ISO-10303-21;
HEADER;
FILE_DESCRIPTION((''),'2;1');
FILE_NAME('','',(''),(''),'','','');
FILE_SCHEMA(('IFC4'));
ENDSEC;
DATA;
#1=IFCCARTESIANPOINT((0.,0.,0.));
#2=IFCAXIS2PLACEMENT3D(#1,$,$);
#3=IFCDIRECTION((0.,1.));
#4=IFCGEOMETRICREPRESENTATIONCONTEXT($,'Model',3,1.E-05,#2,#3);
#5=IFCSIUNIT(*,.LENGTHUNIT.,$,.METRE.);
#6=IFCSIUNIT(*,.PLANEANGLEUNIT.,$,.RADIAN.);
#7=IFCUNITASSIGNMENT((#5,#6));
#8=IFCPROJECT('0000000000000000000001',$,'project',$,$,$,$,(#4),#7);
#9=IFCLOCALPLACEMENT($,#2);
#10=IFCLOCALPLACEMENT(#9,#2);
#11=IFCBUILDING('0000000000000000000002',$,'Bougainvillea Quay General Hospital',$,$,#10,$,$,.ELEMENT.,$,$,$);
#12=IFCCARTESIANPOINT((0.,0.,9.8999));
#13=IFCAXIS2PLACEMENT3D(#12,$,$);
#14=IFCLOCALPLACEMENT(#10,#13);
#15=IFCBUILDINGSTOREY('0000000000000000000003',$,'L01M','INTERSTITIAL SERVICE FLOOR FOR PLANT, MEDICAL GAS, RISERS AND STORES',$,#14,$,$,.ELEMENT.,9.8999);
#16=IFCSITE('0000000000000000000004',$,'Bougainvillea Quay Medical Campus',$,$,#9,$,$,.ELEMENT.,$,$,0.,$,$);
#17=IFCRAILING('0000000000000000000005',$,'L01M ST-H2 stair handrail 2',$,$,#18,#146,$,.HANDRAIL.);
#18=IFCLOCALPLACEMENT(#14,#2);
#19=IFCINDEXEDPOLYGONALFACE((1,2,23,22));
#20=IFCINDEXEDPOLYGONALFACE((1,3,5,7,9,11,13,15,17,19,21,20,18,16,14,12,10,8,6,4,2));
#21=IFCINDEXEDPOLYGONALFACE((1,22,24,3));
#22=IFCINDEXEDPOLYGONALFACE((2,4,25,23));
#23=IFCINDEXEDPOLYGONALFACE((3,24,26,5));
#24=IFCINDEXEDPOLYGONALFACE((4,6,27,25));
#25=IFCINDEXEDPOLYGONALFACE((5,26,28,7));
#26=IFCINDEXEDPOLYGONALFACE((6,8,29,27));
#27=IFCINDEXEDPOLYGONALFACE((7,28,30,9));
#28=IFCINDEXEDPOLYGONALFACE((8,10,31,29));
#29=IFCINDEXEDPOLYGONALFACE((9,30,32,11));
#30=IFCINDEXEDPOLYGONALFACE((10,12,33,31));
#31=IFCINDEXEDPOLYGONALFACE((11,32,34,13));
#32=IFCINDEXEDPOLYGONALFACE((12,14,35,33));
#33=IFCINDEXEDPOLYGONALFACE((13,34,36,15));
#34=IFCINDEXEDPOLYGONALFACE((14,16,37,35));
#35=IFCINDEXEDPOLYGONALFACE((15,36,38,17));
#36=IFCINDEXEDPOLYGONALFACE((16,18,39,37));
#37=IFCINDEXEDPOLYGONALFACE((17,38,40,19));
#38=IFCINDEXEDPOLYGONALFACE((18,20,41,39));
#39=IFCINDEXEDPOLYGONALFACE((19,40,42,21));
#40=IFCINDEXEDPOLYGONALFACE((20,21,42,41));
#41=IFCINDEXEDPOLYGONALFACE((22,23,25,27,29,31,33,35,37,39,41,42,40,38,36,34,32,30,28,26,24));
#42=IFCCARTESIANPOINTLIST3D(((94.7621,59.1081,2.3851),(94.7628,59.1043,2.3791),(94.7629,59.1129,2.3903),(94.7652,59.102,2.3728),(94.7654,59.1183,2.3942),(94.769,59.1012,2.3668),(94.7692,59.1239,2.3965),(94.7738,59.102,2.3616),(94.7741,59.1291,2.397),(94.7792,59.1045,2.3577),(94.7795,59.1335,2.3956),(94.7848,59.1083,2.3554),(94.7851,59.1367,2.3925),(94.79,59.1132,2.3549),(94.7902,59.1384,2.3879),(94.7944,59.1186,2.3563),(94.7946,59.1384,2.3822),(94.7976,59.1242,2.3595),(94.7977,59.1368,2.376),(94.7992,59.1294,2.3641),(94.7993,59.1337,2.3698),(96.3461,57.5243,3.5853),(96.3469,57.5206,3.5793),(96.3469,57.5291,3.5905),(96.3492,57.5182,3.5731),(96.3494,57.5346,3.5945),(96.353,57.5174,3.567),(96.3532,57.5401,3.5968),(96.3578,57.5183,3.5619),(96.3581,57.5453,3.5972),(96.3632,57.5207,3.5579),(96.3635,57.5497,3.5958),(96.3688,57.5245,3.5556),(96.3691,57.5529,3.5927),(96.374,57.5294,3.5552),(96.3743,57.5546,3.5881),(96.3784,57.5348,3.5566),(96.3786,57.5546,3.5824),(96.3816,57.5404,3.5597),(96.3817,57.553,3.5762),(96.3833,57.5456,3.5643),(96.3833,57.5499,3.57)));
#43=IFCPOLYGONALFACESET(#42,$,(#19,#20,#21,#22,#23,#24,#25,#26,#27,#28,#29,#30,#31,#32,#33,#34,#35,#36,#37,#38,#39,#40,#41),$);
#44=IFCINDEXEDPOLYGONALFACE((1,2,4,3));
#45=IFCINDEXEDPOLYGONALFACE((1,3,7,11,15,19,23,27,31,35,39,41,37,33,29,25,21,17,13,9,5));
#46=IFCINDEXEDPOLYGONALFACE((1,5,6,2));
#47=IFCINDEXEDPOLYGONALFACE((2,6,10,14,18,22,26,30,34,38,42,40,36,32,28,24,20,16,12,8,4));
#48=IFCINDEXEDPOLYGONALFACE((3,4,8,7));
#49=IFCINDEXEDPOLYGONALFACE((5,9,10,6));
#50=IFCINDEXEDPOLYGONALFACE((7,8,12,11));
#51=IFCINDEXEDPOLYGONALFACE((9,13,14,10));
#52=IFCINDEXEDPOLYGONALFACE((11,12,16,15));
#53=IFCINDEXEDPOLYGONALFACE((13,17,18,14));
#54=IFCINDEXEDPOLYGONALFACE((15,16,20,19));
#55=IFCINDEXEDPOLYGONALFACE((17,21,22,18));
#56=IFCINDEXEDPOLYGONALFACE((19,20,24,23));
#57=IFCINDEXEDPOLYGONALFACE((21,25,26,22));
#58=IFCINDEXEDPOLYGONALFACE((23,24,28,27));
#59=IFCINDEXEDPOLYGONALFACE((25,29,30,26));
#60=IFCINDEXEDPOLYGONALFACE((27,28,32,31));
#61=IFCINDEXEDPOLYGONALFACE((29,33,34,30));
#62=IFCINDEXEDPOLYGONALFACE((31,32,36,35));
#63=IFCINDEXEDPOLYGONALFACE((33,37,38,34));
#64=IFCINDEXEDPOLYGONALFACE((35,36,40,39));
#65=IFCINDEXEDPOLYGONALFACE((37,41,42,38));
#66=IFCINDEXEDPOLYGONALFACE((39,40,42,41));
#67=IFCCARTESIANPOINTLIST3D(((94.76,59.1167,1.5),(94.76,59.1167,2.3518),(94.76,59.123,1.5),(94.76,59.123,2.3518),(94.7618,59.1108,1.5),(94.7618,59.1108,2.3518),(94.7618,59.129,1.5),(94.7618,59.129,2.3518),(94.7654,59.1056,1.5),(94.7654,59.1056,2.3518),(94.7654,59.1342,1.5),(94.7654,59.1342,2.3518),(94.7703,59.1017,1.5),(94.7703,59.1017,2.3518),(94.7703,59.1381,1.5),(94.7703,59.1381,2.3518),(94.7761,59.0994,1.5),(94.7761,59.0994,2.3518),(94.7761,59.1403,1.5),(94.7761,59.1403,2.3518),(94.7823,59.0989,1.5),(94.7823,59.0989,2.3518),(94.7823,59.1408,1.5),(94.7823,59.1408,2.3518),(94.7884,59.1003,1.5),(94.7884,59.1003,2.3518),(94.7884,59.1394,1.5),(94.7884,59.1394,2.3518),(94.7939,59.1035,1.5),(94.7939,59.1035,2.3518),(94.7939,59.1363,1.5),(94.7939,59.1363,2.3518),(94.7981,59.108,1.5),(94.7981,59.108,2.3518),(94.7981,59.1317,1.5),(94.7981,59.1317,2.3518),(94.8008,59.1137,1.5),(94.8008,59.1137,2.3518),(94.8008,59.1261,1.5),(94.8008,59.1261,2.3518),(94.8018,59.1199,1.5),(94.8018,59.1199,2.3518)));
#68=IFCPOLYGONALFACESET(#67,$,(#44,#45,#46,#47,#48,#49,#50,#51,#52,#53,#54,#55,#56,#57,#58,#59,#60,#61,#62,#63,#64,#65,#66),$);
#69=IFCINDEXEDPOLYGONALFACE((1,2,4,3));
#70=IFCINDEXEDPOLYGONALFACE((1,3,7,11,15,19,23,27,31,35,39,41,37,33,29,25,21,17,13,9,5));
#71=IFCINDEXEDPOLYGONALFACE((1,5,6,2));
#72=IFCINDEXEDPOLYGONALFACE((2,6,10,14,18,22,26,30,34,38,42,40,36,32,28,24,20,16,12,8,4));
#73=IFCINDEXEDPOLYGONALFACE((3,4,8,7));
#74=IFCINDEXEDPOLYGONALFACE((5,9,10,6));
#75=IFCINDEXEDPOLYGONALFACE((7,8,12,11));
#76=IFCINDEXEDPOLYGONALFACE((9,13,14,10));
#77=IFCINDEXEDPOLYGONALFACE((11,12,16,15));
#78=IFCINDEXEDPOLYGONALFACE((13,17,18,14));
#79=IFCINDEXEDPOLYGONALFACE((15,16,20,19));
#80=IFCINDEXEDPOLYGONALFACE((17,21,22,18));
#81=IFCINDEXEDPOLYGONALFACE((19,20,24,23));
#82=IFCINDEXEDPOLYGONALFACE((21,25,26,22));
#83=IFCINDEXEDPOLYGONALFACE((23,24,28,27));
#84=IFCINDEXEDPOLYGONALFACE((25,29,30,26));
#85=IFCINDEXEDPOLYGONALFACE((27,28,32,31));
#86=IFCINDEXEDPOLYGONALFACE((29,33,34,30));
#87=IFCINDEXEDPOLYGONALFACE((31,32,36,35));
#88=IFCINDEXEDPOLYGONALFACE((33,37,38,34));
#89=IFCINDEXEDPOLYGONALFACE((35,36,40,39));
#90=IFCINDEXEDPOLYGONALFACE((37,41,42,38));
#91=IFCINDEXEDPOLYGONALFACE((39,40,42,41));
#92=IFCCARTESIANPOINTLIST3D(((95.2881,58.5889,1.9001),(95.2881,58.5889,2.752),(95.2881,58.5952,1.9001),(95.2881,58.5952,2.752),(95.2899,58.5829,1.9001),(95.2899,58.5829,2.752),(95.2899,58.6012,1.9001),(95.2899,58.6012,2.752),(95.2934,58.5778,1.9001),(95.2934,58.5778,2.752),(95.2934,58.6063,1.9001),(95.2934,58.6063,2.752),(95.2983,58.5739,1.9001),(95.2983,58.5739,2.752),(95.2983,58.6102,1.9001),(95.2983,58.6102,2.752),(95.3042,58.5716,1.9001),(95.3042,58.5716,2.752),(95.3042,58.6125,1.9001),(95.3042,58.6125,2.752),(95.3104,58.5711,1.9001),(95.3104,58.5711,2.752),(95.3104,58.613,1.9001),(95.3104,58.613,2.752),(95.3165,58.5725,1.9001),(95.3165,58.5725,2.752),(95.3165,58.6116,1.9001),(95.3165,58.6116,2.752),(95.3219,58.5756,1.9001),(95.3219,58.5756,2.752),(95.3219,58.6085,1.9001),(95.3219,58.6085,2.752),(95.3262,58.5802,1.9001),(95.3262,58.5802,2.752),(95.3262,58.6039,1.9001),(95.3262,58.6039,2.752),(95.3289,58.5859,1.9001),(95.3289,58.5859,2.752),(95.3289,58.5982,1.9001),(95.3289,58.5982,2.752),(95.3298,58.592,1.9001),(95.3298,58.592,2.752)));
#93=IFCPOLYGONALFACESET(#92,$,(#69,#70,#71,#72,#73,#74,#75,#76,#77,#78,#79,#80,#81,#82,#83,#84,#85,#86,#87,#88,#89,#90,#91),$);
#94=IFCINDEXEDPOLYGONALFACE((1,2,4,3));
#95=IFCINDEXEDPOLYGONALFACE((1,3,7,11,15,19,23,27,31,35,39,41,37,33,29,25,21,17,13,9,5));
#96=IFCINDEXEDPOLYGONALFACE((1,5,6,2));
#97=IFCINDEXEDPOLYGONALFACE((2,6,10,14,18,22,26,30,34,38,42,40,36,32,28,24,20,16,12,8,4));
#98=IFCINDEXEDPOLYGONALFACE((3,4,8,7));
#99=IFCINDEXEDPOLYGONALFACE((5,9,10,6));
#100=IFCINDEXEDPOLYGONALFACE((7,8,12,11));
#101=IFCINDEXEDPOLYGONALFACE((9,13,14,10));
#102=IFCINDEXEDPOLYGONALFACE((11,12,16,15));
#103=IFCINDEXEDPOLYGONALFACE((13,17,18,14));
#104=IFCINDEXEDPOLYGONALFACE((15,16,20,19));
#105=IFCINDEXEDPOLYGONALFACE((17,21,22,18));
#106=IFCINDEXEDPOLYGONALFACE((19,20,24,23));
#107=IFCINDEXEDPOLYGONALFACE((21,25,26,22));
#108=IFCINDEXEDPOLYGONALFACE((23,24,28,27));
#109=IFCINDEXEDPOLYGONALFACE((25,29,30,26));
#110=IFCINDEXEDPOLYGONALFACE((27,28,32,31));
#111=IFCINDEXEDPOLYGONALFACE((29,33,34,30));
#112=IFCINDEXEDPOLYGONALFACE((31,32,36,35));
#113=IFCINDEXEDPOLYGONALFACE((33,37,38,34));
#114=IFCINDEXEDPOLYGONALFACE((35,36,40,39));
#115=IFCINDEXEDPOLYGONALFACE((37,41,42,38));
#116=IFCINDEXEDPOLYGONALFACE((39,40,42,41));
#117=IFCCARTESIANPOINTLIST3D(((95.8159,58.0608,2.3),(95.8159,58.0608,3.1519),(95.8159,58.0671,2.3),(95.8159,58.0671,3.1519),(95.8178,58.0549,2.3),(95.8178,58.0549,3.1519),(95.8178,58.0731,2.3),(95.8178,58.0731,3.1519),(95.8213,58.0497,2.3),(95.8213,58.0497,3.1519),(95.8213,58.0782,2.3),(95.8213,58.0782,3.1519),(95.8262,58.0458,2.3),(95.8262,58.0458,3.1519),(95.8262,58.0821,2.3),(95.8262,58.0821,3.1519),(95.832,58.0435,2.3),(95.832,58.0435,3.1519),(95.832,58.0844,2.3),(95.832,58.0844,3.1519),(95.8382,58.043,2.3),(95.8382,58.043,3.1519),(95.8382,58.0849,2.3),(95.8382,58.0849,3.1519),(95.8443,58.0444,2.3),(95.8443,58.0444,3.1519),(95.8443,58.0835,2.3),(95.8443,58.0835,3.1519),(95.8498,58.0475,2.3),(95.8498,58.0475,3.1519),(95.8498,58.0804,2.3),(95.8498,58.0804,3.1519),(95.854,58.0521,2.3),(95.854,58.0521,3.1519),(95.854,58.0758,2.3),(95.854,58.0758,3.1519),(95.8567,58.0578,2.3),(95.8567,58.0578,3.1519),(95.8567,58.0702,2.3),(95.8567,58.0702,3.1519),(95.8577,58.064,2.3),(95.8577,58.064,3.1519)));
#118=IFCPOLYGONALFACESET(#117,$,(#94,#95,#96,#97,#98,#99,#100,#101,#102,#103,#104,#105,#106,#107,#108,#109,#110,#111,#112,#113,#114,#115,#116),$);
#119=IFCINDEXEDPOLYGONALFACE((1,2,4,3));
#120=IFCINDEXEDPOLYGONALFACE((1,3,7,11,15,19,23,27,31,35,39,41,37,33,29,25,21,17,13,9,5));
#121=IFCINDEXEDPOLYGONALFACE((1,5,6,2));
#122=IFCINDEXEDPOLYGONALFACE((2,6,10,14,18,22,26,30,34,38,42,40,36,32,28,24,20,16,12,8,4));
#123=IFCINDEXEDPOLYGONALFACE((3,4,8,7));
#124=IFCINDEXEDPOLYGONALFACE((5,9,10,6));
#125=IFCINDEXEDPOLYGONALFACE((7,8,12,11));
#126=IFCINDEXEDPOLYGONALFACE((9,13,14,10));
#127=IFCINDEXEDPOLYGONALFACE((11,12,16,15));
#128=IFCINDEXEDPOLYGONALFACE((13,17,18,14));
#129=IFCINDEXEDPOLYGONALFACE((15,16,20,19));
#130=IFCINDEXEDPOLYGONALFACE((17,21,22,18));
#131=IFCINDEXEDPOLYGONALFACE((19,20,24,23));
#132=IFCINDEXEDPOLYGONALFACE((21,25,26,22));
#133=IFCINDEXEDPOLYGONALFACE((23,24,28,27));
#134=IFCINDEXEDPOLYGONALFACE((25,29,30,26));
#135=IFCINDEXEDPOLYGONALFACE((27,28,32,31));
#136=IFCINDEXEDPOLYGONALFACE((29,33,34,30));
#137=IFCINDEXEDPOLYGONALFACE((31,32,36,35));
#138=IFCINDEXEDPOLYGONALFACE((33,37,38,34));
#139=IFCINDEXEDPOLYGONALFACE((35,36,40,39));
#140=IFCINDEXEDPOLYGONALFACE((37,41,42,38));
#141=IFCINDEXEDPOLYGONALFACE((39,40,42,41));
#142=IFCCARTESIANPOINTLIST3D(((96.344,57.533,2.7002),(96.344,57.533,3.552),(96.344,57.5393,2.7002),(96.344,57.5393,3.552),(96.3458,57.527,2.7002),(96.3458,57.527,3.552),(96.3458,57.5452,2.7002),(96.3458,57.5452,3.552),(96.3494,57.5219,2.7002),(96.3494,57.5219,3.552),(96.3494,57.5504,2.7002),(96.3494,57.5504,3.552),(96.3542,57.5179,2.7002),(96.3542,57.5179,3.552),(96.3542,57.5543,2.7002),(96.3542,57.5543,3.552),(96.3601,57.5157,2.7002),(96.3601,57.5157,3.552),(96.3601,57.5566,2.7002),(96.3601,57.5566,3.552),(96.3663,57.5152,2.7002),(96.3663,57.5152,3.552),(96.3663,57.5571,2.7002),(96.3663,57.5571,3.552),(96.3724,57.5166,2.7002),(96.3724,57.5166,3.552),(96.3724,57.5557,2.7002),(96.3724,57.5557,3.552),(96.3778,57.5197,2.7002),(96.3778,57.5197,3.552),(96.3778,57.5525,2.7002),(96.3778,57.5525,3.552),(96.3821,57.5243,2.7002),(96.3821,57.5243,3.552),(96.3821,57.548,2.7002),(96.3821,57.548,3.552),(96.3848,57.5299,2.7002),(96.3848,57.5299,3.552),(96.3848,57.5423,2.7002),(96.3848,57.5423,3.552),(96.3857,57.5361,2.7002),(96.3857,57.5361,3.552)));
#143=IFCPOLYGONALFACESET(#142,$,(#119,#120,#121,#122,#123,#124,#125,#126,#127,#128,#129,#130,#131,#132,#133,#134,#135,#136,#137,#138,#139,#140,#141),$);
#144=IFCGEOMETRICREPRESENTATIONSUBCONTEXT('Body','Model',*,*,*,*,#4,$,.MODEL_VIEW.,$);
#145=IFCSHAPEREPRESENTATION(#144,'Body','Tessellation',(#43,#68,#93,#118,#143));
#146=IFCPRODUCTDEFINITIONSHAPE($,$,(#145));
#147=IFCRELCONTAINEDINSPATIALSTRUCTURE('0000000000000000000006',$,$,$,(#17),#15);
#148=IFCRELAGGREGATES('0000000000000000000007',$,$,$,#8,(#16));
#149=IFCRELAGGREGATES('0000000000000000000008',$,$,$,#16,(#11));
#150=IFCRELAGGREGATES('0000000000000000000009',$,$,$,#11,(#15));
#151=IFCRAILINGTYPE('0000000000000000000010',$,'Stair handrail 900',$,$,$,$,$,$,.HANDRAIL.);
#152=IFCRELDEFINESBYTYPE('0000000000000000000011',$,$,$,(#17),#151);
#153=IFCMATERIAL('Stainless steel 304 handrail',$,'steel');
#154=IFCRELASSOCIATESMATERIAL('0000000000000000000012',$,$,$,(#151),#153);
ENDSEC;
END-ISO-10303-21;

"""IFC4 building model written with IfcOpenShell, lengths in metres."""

from ifc_helpers import new_model, si_unit, direction, frame, origin, origin_2d, place, context, subcontext, project, spatial, circle, extrude, material, type_object, element, save


model = new_model("IFC4")

# Units and contexts
model_context = context("Model", 3, precision=1e-05, world=origin(), true_north=direction((0.0, 1.0)))
body_context = subcontext(model_context, "Body", "Model", "MODEL_VIEW")
ifc_project = project(units=[si_unit("LENGTHUNIT", "METRE"), si_unit("PLANEANGLEUNIT", "RADIAN")], contexts=[model_context])

# Site, building, storey
site_placement = place(None, origin())
site = spatial("IfcSite", under=ifc_project, at=site_placement, Name="Bougainvillea Quay Medical Campus", CompositionType="ELEMENT", RefElevation=0.0)
building_placement = place(site_placement, origin())
building = spatial("IfcBuilding", under=site, at=building_placement, Name="Bougainvillea Quay General Hospital", CompositionType="ELEMENT")
storey_placement = place(building_placement, frame((0.0, 0.0, 9.8999)))
storey = spatial("IfcBuildingStorey", under=building, at=storey_placement, Name="L01M", Description="INTERSTITIAL SERVICE FLOOR FOR PLANT, MEDICAL GAS, RISERS AND STORES", CompositionType="ELEMENT", Elevation=9.8999)

# Railing
ifc_material_1 = material(Name="Stainless steel 304 handrail", Category="steel")
railing_type_1 = type_object("IfcRailingType", Name="Stair handrail 900", PredefinedType="HANDRAIL", material=ifc_material_1)
railing_1_placement = place(storey_placement, frame((94.7808, 59.1199, 1.5)))
element("IfcRailing", 1, at=railing_1_placement, inside=storey, type_object=railing_type_1, Name="L01M ST-H2 stair handrail 2", PredefinedType="HANDRAIL", context=body_context, shape_type="SweptSolid", body=[
    extrude(circle(Radius=0.0239, at=origin_2d()), frame((0.0, 0.0, 0.876), z_axis=(0.623321, -0.623225, 0.472294), x_axis=(0.707052, 0.707161, 0.0)), (0.0, 0.0, 1.0), 2.5413),
    extrude(circle(Radius=0.021, at=origin_2d()), origin(), (0.0, 0.0, 1.0), 0.8518),
    extrude(circle(Radius=0.021, at=origin_2d()), frame((0.5281, -0.5278, 0.4001)), (0.0, 0.0, 1.0), 0.8518),
    extrude(circle(Radius=0.021, at=origin_2d()), frame((1.0559, -1.0559, 0.8)), (0.0, 0.0, 1.0), 0.8518),
    extrude(circle(Radius=0.021, at=origin_2d()), frame((1.584, -1.5837, 1.2002)), (0.0, 0.0, 1.0), 0.8518),
])

save(model, "model.ifc")
